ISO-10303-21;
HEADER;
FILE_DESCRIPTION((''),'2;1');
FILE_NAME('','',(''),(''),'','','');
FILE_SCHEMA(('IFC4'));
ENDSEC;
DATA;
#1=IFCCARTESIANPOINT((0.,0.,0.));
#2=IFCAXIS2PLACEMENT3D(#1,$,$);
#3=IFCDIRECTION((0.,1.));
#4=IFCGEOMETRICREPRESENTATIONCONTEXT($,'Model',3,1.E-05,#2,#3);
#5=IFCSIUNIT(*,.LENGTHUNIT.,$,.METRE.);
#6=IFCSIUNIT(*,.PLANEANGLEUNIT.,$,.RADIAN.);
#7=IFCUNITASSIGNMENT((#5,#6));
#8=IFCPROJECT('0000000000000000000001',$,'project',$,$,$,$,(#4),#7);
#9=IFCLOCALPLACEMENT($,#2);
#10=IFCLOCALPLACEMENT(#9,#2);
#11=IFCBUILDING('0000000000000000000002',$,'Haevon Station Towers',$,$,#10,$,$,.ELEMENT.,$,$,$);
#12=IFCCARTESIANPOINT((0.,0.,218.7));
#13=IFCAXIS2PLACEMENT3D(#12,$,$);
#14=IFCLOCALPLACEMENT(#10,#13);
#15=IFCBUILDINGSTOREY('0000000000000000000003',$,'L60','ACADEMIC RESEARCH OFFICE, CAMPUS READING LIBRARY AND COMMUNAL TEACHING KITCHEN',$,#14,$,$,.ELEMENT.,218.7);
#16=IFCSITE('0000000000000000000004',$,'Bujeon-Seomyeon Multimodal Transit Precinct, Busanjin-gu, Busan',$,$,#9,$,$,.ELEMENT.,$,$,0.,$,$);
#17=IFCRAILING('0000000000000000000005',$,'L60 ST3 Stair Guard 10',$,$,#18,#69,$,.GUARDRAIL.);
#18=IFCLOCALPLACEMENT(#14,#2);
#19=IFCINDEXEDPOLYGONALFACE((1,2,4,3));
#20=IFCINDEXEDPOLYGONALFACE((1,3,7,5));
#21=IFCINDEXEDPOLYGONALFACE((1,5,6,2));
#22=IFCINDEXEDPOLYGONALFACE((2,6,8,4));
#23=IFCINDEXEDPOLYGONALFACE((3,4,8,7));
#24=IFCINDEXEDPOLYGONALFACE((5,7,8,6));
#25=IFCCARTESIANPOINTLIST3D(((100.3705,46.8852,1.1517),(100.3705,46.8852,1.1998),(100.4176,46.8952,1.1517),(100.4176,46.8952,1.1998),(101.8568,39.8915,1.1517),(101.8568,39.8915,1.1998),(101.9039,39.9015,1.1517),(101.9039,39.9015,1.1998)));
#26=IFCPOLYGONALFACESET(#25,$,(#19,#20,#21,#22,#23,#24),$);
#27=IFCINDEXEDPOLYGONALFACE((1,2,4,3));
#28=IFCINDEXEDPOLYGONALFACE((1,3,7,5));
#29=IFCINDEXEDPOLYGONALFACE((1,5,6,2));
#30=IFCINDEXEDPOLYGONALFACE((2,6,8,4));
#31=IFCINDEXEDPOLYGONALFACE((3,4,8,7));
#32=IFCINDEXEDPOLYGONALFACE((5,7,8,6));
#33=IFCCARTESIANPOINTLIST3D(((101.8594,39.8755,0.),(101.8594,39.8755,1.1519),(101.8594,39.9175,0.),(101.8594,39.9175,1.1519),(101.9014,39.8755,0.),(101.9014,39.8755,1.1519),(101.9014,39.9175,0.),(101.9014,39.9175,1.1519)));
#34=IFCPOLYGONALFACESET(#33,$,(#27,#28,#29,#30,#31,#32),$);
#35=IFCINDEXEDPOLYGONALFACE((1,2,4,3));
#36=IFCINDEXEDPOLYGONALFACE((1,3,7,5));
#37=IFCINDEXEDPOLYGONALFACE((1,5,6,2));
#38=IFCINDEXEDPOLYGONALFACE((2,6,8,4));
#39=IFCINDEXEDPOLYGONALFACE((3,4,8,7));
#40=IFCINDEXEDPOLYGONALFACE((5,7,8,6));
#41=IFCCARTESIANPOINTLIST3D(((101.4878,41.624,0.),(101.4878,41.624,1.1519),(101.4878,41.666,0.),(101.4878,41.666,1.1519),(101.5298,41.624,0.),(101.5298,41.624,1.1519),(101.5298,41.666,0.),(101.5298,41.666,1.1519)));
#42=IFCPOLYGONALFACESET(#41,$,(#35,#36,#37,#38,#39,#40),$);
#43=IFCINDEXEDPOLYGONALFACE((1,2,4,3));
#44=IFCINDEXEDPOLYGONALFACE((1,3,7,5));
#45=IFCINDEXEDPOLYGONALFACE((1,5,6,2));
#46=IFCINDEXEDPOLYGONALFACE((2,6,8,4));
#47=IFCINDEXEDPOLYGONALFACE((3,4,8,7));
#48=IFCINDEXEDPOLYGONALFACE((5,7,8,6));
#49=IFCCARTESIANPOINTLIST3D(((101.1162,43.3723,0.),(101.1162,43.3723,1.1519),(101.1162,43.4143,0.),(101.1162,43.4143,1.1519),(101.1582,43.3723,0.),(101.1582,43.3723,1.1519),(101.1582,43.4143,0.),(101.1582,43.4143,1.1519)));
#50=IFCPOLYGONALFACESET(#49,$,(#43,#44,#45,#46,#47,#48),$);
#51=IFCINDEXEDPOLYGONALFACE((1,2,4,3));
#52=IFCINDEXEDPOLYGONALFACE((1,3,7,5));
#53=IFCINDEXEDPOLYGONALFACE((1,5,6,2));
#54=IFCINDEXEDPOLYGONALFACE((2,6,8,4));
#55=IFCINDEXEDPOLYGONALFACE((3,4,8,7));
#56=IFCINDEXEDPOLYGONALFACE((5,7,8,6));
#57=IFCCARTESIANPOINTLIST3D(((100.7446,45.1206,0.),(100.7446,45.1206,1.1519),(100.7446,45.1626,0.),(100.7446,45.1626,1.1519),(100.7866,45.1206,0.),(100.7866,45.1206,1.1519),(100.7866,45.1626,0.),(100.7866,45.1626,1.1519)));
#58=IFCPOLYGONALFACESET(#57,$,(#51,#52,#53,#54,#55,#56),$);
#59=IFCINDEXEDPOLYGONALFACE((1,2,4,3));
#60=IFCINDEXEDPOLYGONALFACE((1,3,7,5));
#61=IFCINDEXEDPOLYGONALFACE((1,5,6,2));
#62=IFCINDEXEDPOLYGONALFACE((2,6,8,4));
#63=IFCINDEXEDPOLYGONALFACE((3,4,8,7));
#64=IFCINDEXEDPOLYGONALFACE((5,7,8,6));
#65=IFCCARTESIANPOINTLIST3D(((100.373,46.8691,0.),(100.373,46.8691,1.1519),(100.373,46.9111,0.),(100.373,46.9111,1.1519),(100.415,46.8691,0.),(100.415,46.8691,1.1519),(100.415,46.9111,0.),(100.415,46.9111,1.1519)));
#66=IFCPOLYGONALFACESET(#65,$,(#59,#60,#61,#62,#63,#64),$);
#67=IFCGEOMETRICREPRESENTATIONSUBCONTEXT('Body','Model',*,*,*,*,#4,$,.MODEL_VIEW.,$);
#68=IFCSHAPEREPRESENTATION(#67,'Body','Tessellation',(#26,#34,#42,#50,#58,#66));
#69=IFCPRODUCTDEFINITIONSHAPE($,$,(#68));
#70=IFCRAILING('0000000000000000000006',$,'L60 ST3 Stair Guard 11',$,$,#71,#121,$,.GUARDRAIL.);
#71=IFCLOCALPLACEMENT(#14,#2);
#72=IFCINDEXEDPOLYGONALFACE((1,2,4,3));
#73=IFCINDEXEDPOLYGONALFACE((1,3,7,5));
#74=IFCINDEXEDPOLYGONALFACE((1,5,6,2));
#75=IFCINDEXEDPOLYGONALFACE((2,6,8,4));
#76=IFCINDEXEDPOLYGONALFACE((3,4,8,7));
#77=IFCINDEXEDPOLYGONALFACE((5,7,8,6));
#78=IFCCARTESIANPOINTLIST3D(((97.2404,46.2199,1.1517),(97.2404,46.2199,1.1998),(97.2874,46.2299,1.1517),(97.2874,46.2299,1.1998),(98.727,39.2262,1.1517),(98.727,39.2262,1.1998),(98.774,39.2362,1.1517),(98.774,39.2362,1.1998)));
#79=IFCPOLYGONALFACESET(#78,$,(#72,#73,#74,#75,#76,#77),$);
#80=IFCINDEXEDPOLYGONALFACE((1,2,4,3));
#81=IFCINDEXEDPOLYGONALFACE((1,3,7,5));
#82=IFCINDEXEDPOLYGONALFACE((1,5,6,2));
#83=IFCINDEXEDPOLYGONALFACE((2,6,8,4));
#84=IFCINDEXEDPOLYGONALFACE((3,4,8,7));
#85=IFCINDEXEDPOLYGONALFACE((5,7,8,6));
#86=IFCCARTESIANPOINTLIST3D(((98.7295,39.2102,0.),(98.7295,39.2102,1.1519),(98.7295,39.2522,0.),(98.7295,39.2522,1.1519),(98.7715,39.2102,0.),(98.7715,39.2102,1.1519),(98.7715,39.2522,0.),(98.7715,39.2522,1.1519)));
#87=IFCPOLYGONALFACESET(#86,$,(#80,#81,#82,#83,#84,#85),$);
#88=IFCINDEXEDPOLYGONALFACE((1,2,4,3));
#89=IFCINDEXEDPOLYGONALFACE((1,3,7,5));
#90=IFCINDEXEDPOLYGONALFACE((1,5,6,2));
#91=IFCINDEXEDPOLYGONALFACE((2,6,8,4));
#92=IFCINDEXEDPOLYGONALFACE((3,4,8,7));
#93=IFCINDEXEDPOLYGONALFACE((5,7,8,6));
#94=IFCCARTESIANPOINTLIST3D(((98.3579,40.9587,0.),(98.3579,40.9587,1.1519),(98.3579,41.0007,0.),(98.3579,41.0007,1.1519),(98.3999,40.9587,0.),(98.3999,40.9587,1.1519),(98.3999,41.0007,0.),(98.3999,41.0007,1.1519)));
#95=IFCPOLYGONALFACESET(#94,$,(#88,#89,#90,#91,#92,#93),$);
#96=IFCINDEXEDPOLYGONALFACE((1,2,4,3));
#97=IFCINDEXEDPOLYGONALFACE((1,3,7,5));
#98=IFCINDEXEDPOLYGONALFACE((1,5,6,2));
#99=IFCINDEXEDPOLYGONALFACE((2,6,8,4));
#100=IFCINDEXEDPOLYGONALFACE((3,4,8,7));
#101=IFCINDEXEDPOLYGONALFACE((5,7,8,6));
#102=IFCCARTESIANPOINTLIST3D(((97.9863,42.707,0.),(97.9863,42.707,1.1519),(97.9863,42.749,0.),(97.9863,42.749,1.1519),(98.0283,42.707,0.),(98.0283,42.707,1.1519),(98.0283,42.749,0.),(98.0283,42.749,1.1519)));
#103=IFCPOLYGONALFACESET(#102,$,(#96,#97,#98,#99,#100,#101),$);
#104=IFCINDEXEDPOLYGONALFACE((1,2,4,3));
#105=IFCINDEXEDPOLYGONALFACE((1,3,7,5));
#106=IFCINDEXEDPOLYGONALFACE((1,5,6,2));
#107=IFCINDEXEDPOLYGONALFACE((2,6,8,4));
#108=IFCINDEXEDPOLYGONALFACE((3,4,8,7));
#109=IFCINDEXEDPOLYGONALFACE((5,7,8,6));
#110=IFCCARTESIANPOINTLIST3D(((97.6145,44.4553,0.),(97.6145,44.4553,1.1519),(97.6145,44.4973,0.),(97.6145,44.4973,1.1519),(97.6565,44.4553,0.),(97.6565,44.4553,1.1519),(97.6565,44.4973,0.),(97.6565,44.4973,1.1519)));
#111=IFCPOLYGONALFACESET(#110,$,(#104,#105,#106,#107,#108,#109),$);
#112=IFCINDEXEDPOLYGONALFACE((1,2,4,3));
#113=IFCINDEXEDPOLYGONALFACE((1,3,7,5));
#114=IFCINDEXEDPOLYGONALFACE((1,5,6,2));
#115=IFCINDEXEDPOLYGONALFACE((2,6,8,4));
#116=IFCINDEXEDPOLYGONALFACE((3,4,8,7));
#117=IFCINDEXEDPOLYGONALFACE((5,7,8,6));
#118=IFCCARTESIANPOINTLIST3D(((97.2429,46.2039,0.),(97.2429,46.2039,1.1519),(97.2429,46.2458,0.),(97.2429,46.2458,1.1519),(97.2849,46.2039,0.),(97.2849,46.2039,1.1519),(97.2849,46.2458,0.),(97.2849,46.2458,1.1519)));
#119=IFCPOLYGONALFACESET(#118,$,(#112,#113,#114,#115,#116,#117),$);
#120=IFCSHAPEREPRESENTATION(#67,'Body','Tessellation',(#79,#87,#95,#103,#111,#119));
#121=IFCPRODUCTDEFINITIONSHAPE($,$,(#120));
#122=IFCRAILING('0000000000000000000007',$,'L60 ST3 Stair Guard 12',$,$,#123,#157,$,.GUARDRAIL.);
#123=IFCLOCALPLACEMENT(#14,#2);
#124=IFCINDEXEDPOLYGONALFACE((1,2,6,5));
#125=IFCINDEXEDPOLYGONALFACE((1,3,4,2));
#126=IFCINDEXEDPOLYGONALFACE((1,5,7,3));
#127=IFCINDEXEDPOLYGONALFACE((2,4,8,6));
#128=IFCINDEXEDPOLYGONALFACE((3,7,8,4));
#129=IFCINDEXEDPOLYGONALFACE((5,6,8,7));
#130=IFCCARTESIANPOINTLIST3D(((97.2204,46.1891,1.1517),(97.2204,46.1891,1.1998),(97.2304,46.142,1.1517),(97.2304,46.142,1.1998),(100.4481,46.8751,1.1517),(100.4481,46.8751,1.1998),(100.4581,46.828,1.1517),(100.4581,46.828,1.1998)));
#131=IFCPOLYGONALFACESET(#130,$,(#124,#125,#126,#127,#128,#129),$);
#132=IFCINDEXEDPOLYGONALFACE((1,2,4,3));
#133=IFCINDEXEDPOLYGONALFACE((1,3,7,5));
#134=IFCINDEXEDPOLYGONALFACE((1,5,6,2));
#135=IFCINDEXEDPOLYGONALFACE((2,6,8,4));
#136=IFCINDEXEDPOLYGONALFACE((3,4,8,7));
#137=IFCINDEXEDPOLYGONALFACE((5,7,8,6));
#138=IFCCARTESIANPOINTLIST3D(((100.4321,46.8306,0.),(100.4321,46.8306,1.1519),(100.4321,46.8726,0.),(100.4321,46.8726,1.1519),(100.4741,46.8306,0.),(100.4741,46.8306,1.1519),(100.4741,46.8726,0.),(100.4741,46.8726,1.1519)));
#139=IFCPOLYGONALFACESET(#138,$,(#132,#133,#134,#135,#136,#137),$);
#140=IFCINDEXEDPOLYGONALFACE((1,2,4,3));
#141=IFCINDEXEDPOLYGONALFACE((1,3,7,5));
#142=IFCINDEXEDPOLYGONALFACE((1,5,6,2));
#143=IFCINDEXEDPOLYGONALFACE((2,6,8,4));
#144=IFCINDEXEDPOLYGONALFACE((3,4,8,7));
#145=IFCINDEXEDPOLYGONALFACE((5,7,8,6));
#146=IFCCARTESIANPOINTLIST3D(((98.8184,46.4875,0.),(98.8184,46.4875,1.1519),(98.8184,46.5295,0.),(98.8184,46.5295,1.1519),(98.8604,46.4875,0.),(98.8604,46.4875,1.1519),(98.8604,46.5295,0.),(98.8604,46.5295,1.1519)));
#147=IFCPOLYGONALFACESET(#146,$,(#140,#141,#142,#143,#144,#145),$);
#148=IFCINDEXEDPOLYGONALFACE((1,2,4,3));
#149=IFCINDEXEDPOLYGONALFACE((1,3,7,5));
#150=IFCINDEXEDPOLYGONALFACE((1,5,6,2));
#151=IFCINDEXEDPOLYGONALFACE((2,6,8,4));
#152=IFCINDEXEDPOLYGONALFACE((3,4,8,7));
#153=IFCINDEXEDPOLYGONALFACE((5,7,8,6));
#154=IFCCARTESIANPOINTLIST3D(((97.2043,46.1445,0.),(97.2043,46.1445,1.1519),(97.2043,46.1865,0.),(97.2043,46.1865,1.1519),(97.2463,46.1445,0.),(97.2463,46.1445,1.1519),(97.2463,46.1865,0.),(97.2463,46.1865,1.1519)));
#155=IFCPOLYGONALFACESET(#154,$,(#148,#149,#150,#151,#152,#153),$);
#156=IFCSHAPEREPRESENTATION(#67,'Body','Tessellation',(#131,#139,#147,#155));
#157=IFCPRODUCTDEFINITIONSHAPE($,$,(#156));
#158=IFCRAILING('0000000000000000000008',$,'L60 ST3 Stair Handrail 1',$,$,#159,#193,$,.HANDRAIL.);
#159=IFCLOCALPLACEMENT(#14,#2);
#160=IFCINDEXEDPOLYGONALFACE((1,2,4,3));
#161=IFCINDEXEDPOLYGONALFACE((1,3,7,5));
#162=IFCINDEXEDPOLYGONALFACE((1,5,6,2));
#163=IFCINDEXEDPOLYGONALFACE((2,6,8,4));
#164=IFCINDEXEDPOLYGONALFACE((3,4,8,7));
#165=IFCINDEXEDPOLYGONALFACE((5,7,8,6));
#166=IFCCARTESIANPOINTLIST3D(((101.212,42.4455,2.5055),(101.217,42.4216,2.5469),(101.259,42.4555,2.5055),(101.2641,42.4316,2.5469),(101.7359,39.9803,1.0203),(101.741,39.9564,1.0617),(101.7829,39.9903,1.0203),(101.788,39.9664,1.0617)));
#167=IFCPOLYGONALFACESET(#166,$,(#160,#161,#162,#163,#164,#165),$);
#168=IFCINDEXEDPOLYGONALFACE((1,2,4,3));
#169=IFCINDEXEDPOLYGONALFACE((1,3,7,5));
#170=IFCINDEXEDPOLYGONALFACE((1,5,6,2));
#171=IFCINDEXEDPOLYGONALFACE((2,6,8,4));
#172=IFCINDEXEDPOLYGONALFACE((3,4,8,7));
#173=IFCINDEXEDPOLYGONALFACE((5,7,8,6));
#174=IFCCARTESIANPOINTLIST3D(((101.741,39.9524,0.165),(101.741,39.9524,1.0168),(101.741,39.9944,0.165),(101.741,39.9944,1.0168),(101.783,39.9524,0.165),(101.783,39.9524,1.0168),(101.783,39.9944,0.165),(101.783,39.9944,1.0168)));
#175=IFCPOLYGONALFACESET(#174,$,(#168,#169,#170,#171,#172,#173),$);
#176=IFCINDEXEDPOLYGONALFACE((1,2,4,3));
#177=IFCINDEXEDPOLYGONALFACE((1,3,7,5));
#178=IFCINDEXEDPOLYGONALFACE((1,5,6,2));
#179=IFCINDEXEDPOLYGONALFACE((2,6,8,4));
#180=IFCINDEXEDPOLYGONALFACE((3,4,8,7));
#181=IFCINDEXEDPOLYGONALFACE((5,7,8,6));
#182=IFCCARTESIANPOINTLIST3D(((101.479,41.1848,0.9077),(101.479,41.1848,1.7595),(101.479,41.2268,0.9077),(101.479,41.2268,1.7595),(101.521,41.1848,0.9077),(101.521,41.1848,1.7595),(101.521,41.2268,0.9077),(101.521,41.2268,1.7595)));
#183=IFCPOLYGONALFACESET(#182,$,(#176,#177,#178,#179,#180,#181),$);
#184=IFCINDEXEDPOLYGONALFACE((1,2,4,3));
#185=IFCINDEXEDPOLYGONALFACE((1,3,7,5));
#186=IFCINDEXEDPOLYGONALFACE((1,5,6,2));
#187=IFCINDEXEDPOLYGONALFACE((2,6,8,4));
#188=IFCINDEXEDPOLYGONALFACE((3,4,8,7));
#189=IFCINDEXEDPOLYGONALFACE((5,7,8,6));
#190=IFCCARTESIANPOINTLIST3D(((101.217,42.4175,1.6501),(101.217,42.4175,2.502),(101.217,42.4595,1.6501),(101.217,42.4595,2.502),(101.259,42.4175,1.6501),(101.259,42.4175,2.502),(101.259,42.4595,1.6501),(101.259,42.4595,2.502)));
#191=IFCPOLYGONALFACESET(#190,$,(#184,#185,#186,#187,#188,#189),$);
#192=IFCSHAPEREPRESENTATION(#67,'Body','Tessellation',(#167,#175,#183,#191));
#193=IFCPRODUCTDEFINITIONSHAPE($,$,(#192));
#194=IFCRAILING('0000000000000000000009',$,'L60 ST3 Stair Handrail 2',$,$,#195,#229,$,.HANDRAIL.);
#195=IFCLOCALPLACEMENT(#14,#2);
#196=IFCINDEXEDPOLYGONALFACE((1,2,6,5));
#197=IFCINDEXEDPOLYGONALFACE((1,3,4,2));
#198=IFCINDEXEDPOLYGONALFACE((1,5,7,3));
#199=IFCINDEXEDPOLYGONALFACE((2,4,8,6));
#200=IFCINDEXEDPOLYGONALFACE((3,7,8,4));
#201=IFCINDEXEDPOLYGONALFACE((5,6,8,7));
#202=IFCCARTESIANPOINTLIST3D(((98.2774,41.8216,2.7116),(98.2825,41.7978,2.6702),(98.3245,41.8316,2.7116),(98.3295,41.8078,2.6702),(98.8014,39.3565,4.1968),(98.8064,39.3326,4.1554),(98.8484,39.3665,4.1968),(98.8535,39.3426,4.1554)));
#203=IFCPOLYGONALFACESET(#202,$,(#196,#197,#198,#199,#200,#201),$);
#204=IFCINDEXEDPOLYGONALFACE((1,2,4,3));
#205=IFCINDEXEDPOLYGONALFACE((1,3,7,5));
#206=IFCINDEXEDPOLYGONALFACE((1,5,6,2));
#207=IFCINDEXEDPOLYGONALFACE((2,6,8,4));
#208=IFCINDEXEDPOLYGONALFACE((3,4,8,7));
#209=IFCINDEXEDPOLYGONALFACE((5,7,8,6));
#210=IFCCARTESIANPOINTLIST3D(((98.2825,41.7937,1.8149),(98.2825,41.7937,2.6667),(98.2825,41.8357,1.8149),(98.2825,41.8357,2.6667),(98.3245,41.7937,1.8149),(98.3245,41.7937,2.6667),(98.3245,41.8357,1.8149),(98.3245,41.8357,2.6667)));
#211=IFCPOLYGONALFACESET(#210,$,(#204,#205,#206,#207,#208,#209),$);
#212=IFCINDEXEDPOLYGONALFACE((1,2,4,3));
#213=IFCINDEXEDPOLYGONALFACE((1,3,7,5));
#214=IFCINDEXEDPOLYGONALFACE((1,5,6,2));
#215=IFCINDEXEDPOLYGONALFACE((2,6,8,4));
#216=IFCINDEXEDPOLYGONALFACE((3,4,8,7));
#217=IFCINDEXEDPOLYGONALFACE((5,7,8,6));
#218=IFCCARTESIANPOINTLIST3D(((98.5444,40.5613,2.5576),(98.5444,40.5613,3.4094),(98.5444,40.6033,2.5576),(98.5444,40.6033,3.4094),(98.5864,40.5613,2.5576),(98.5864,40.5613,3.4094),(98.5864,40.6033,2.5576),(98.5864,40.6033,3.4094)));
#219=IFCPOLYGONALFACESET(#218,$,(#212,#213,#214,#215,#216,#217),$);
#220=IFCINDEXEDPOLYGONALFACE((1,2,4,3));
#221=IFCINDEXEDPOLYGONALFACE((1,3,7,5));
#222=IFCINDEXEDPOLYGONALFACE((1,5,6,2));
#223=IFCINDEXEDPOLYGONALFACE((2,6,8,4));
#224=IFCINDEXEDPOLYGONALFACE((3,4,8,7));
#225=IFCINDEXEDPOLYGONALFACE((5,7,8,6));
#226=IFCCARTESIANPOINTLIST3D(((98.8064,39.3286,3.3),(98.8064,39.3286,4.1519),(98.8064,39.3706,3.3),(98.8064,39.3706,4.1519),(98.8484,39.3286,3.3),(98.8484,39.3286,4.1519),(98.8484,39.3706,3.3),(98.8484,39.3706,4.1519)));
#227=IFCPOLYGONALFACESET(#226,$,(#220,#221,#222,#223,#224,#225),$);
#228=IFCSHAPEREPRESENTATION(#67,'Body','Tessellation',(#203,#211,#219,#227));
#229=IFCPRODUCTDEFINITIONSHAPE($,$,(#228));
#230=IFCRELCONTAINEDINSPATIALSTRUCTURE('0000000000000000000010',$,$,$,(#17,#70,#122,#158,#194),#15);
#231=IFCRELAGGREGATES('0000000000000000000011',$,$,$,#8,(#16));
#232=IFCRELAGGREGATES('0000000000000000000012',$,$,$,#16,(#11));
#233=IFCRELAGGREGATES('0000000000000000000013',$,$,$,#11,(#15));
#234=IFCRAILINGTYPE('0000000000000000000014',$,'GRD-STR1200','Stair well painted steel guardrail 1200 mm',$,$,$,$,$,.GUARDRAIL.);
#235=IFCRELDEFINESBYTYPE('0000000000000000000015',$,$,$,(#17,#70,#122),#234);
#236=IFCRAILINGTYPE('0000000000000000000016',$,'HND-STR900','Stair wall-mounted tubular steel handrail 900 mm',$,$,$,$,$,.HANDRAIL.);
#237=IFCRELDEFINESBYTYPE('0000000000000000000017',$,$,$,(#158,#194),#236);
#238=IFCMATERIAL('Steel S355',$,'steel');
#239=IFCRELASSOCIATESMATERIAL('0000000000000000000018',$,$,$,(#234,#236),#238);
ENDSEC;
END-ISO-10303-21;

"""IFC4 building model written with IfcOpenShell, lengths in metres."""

from ifc_helpers import new_model, si_unit, direction, frame, origin, origin_2d, place, context, subcontext, project, spatial, rectangle, extrude, material, type_object, element, save


model = new_model("IFC4")

# Units and contexts
model_context = context("Model", 3, precision=1e-05, world=origin(), true_north=direction((0.0, 1.0)))
body_context = subcontext(model_context, "Body", "Model", "MODEL_VIEW")
ifc_project = project(units=[si_unit("LENGTHUNIT", "METRE"), si_unit("PLANEANGLEUNIT", "RADIAN")], contexts=[model_context])

# Site, building, storey
site_placement = place(None, origin())
site = spatial("IfcSite", under=ifc_project, at=site_placement, Name="Bujeon-Seomyeon Multimodal Transit Precinct, Busanjin-gu, Busan", CompositionType="ELEMENT", RefElevation=0.0)
building_placement = place(site_placement, origin())
building = spatial("IfcBuilding", under=site, at=building_placement, Name="Haevon Station Towers", CompositionType="ELEMENT")
storey_placement = place(building_placement, frame((0.0, 0.0, 218.7)))
storey = spatial("IfcBuildingStorey", under=building, at=storey_placement, Name="L60", Description="ACADEMIC RESEARCH OFFICE, CAMPUS READING LIBRARY AND COMMUNAL TEACHING KITCHEN", CompositionType="ELEMENT", Elevation=218.7)

# Shared definitions
ifc_material_1 = material(Name="Steel S355", Category="steel")

# Railings
railing_type_1 = type_object("IfcRailingType", Name="GRD-STR1200", Description="Stair well painted steel guardrail 1200 mm", PredefinedType="GUARDRAIL", material=ifc_material_1)
railing_1_placement = place(storey_placement, frame((101.8804, 39.8965, 0.0)))
element("IfcRailing", 1, at=railing_1_placement, inside=storey, type_object=railing_type_1, Name="L60 ST3 Stair Guard 10", PredefinedType="GUARDRAIL", context=body_context, shape_type="SweptSolid", body=[
    extrude(rectangle(XDim=0.0481, YDim=0.0481, at=origin_2d()), frame((0.0, 0.0, 1.1758), z_axis=(-0.207882, 0.978154, 0.0), x_axis=(-0.978154, -0.207882, 0.0)), (0.0, 0.0, 1.0), 7.1499),
    extrude(rectangle(XDim=0.042, YDim=0.042, at=origin_2d()), origin(), (0.0, 0.0, 1.0), 1.1519),
    extrude(rectangle(XDim=0.042, YDim=0.042, at=origin_2d()), frame((-0.3716, 1.7485, 0.0)), (0.0, 0.0, 1.0), 1.1519),
    extrude(rectangle(XDim=0.042, YDim=0.042, at=origin_2d()), frame((-0.7432, 3.4968, 0.0)), (0.0, 0.0, 1.0), 1.1519),
    extrude(rectangle(XDim=0.042, YDim=0.042, at=origin_2d()), frame((-1.1147, 5.2451, 0.0)), (0.0, 0.0, 1.0), 1.1519),
    extrude(rectangle(XDim=0.042, YDim=0.042, at=origin_2d()), frame((-1.4863, 6.9937, 0.0)), (0.0, 0.0, 1.0), 1.1519),
])
railing_2_placement = place(storey_placement, frame((98.7505, 39.2312, 0.0)))
element("IfcRailing", 2, at=railing_2_placement, inside=storey, type_object=railing_type_1, Name="L60 ST3 Stair Guard 11", PredefinedType="GUARDRAIL", context=body_context, shape_type="SweptSolid", body=[
    extrude(rectangle(XDim=0.0481, YDim=0.0481, at=origin_2d()), frame((0.0, 0.0, 1.1758), z_axis=(-0.207915, 0.978147, 0.0), x_axis=(-0.978147, -0.207915, 0.0)), (0.0, 0.0, 1.0), 7.1499),
    extrude(rectangle(XDim=0.042, YDim=0.042, at=origin_2d()), origin(), (0.0, 0.0, 1.0), 1.1519),
    extrude(rectangle(XDim=0.042, YDim=0.042, at=origin_2d()), frame((-0.3716, 1.7485, 0.0)), (0.0, 0.0, 1.0), 1.1519),
    extrude(rectangle(XDim=0.042, YDim=0.042, at=origin_2d()), frame((-0.7432, 3.4968, 0.0)), (0.0, 0.0, 1.0), 1.1519),
    extrude(rectangle(XDim=0.042, YDim=0.042, at=origin_2d()), frame((-1.115, 5.2451, 0.0)), (0.0, 0.0, 1.0), 1.1519),
    extrude(rectangle(XDim=0.042, YDim=0.042, at=origin_2d()), frame((-1.4866, 6.9937, 0.0)), (0.0, 0.0, 1.0), 1.1519),
])
railing_3_placement = place(storey_placement, frame((100.4531, 46.8516, 0.0)))
element("IfcRailing", 3, at=railing_3_placement, inside=storey, type_object=railing_type_1, Name="L60 ST3 Stair Guard 12", PredefinedType="GUARDRAIL", context=body_context, shape_type="SweptSolid", body=[
    extrude(rectangle(XDim=0.0481, YDim=0.0481, at=origin_2d()), frame((0.0, 0.0, 1.1758), z_axis=(-0.978151, -0.207897, 0.0), x_axis=(0.207897, -0.978151, 0.0)), (0.0, 0.0, 1.0), 3.2998),
    extrude(rectangle(XDim=0.042, YDim=0.042, at=origin_2d()), origin(), (0.0, 0.0, 1.0), 1.1519),
    extrude(rectangle(XDim=0.042, YDim=0.042, at=origin_2d()), frame((-1.6138, -0.343, 0.0)), (0.0, 0.0, 1.0), 1.1519),
    extrude(rectangle(XDim=0.042, YDim=0.042, at=origin_2d()), frame((-3.2278, -0.686, 0.0)), (0.0, 0.0, 1.0), 1.1519),
])
railing_type_2 = type_object("IfcRailingType", Name="HND-STR900", Description="Stair wall-mounted tubular steel handrail 900 mm", PredefinedType="HANDRAIL", material=ifc_material_1)
railing_4_placement = place(storey_placement, frame((101.762, 39.9734, 0.165)))
element("IfcRailing", 4, at=railing_4_placement, inside=storey, type_object=railing_type_2, Name="L60 ST3 Stair Handrail 1", PredefinedType="HANDRAIL", context=body_context, shape_type="SweptSolid", body=[
    extrude(rectangle(XDim=0.0481, YDim=0.0481, at=origin_2d()), frame((0.0, 0.0, 0.876), z_axis=(-0.179109, 0.842712, 0.507697), x_axis=(-0.978151, -0.207895, 0.0)), (0.0, 0.0, 1.0), 2.9253),
    extrude(rectangle(XDim=0.042, YDim=0.042, at=origin_2d()), origin(), (0.0, 0.0, 1.0), 0.8518),
    extrude(rectangle(XDim=0.042, YDim=0.042, at=origin_2d()), frame((-0.262, 1.2324, 0.7427)), (0.0, 0.0, 1.0), 0.8518),
    extrude(rectangle(XDim=0.042, YDim=0.042, at=origin_2d()), frame((-0.5239, 2.4651, 1.4851)), (0.0, 0.0, 1.0), 0.8518),
])
railing_5_placement = place(storey_placement, frame((98.3035, 41.8147, 1.8149)))
element("IfcRailing", 5, at=railing_5_placement, inside=storey, type_object=railing_type_2, Name="L60 ST3 Stair Handrail 2", PredefinedType="HANDRAIL", context=body_context, shape_type="SweptSolid", body=[
    extrude(rectangle(XDim=0.0481, YDim=0.0481, at=origin_2d()), frame((0.0, 0.0, 0.876), z_axis=(0.179109, -0.842712, 0.507697), x_axis=(0.978151, 0.207895, 0.0)), (0.0, 0.0, 1.0), 2.9253),
    extrude(rectangle(XDim=0.042, YDim=0.042, at=origin_2d()), origin(), (0.0, 0.0, 1.0), 0.8518),
    extrude(rectangle(XDim=0.042, YDim=0.042, at=origin_2d()), frame((0.262, -1.2324, 0.7427)), (0.0, 0.0, 1.0), 0.8518),
    extrude(rectangle(XDim=0.042, YDim=0.042, at=origin_2d()), frame((0.5239, -2.4651, 1.4851)), (0.0, 0.0, 1.0), 0.8518),
])

save(model, "model.ifc")
